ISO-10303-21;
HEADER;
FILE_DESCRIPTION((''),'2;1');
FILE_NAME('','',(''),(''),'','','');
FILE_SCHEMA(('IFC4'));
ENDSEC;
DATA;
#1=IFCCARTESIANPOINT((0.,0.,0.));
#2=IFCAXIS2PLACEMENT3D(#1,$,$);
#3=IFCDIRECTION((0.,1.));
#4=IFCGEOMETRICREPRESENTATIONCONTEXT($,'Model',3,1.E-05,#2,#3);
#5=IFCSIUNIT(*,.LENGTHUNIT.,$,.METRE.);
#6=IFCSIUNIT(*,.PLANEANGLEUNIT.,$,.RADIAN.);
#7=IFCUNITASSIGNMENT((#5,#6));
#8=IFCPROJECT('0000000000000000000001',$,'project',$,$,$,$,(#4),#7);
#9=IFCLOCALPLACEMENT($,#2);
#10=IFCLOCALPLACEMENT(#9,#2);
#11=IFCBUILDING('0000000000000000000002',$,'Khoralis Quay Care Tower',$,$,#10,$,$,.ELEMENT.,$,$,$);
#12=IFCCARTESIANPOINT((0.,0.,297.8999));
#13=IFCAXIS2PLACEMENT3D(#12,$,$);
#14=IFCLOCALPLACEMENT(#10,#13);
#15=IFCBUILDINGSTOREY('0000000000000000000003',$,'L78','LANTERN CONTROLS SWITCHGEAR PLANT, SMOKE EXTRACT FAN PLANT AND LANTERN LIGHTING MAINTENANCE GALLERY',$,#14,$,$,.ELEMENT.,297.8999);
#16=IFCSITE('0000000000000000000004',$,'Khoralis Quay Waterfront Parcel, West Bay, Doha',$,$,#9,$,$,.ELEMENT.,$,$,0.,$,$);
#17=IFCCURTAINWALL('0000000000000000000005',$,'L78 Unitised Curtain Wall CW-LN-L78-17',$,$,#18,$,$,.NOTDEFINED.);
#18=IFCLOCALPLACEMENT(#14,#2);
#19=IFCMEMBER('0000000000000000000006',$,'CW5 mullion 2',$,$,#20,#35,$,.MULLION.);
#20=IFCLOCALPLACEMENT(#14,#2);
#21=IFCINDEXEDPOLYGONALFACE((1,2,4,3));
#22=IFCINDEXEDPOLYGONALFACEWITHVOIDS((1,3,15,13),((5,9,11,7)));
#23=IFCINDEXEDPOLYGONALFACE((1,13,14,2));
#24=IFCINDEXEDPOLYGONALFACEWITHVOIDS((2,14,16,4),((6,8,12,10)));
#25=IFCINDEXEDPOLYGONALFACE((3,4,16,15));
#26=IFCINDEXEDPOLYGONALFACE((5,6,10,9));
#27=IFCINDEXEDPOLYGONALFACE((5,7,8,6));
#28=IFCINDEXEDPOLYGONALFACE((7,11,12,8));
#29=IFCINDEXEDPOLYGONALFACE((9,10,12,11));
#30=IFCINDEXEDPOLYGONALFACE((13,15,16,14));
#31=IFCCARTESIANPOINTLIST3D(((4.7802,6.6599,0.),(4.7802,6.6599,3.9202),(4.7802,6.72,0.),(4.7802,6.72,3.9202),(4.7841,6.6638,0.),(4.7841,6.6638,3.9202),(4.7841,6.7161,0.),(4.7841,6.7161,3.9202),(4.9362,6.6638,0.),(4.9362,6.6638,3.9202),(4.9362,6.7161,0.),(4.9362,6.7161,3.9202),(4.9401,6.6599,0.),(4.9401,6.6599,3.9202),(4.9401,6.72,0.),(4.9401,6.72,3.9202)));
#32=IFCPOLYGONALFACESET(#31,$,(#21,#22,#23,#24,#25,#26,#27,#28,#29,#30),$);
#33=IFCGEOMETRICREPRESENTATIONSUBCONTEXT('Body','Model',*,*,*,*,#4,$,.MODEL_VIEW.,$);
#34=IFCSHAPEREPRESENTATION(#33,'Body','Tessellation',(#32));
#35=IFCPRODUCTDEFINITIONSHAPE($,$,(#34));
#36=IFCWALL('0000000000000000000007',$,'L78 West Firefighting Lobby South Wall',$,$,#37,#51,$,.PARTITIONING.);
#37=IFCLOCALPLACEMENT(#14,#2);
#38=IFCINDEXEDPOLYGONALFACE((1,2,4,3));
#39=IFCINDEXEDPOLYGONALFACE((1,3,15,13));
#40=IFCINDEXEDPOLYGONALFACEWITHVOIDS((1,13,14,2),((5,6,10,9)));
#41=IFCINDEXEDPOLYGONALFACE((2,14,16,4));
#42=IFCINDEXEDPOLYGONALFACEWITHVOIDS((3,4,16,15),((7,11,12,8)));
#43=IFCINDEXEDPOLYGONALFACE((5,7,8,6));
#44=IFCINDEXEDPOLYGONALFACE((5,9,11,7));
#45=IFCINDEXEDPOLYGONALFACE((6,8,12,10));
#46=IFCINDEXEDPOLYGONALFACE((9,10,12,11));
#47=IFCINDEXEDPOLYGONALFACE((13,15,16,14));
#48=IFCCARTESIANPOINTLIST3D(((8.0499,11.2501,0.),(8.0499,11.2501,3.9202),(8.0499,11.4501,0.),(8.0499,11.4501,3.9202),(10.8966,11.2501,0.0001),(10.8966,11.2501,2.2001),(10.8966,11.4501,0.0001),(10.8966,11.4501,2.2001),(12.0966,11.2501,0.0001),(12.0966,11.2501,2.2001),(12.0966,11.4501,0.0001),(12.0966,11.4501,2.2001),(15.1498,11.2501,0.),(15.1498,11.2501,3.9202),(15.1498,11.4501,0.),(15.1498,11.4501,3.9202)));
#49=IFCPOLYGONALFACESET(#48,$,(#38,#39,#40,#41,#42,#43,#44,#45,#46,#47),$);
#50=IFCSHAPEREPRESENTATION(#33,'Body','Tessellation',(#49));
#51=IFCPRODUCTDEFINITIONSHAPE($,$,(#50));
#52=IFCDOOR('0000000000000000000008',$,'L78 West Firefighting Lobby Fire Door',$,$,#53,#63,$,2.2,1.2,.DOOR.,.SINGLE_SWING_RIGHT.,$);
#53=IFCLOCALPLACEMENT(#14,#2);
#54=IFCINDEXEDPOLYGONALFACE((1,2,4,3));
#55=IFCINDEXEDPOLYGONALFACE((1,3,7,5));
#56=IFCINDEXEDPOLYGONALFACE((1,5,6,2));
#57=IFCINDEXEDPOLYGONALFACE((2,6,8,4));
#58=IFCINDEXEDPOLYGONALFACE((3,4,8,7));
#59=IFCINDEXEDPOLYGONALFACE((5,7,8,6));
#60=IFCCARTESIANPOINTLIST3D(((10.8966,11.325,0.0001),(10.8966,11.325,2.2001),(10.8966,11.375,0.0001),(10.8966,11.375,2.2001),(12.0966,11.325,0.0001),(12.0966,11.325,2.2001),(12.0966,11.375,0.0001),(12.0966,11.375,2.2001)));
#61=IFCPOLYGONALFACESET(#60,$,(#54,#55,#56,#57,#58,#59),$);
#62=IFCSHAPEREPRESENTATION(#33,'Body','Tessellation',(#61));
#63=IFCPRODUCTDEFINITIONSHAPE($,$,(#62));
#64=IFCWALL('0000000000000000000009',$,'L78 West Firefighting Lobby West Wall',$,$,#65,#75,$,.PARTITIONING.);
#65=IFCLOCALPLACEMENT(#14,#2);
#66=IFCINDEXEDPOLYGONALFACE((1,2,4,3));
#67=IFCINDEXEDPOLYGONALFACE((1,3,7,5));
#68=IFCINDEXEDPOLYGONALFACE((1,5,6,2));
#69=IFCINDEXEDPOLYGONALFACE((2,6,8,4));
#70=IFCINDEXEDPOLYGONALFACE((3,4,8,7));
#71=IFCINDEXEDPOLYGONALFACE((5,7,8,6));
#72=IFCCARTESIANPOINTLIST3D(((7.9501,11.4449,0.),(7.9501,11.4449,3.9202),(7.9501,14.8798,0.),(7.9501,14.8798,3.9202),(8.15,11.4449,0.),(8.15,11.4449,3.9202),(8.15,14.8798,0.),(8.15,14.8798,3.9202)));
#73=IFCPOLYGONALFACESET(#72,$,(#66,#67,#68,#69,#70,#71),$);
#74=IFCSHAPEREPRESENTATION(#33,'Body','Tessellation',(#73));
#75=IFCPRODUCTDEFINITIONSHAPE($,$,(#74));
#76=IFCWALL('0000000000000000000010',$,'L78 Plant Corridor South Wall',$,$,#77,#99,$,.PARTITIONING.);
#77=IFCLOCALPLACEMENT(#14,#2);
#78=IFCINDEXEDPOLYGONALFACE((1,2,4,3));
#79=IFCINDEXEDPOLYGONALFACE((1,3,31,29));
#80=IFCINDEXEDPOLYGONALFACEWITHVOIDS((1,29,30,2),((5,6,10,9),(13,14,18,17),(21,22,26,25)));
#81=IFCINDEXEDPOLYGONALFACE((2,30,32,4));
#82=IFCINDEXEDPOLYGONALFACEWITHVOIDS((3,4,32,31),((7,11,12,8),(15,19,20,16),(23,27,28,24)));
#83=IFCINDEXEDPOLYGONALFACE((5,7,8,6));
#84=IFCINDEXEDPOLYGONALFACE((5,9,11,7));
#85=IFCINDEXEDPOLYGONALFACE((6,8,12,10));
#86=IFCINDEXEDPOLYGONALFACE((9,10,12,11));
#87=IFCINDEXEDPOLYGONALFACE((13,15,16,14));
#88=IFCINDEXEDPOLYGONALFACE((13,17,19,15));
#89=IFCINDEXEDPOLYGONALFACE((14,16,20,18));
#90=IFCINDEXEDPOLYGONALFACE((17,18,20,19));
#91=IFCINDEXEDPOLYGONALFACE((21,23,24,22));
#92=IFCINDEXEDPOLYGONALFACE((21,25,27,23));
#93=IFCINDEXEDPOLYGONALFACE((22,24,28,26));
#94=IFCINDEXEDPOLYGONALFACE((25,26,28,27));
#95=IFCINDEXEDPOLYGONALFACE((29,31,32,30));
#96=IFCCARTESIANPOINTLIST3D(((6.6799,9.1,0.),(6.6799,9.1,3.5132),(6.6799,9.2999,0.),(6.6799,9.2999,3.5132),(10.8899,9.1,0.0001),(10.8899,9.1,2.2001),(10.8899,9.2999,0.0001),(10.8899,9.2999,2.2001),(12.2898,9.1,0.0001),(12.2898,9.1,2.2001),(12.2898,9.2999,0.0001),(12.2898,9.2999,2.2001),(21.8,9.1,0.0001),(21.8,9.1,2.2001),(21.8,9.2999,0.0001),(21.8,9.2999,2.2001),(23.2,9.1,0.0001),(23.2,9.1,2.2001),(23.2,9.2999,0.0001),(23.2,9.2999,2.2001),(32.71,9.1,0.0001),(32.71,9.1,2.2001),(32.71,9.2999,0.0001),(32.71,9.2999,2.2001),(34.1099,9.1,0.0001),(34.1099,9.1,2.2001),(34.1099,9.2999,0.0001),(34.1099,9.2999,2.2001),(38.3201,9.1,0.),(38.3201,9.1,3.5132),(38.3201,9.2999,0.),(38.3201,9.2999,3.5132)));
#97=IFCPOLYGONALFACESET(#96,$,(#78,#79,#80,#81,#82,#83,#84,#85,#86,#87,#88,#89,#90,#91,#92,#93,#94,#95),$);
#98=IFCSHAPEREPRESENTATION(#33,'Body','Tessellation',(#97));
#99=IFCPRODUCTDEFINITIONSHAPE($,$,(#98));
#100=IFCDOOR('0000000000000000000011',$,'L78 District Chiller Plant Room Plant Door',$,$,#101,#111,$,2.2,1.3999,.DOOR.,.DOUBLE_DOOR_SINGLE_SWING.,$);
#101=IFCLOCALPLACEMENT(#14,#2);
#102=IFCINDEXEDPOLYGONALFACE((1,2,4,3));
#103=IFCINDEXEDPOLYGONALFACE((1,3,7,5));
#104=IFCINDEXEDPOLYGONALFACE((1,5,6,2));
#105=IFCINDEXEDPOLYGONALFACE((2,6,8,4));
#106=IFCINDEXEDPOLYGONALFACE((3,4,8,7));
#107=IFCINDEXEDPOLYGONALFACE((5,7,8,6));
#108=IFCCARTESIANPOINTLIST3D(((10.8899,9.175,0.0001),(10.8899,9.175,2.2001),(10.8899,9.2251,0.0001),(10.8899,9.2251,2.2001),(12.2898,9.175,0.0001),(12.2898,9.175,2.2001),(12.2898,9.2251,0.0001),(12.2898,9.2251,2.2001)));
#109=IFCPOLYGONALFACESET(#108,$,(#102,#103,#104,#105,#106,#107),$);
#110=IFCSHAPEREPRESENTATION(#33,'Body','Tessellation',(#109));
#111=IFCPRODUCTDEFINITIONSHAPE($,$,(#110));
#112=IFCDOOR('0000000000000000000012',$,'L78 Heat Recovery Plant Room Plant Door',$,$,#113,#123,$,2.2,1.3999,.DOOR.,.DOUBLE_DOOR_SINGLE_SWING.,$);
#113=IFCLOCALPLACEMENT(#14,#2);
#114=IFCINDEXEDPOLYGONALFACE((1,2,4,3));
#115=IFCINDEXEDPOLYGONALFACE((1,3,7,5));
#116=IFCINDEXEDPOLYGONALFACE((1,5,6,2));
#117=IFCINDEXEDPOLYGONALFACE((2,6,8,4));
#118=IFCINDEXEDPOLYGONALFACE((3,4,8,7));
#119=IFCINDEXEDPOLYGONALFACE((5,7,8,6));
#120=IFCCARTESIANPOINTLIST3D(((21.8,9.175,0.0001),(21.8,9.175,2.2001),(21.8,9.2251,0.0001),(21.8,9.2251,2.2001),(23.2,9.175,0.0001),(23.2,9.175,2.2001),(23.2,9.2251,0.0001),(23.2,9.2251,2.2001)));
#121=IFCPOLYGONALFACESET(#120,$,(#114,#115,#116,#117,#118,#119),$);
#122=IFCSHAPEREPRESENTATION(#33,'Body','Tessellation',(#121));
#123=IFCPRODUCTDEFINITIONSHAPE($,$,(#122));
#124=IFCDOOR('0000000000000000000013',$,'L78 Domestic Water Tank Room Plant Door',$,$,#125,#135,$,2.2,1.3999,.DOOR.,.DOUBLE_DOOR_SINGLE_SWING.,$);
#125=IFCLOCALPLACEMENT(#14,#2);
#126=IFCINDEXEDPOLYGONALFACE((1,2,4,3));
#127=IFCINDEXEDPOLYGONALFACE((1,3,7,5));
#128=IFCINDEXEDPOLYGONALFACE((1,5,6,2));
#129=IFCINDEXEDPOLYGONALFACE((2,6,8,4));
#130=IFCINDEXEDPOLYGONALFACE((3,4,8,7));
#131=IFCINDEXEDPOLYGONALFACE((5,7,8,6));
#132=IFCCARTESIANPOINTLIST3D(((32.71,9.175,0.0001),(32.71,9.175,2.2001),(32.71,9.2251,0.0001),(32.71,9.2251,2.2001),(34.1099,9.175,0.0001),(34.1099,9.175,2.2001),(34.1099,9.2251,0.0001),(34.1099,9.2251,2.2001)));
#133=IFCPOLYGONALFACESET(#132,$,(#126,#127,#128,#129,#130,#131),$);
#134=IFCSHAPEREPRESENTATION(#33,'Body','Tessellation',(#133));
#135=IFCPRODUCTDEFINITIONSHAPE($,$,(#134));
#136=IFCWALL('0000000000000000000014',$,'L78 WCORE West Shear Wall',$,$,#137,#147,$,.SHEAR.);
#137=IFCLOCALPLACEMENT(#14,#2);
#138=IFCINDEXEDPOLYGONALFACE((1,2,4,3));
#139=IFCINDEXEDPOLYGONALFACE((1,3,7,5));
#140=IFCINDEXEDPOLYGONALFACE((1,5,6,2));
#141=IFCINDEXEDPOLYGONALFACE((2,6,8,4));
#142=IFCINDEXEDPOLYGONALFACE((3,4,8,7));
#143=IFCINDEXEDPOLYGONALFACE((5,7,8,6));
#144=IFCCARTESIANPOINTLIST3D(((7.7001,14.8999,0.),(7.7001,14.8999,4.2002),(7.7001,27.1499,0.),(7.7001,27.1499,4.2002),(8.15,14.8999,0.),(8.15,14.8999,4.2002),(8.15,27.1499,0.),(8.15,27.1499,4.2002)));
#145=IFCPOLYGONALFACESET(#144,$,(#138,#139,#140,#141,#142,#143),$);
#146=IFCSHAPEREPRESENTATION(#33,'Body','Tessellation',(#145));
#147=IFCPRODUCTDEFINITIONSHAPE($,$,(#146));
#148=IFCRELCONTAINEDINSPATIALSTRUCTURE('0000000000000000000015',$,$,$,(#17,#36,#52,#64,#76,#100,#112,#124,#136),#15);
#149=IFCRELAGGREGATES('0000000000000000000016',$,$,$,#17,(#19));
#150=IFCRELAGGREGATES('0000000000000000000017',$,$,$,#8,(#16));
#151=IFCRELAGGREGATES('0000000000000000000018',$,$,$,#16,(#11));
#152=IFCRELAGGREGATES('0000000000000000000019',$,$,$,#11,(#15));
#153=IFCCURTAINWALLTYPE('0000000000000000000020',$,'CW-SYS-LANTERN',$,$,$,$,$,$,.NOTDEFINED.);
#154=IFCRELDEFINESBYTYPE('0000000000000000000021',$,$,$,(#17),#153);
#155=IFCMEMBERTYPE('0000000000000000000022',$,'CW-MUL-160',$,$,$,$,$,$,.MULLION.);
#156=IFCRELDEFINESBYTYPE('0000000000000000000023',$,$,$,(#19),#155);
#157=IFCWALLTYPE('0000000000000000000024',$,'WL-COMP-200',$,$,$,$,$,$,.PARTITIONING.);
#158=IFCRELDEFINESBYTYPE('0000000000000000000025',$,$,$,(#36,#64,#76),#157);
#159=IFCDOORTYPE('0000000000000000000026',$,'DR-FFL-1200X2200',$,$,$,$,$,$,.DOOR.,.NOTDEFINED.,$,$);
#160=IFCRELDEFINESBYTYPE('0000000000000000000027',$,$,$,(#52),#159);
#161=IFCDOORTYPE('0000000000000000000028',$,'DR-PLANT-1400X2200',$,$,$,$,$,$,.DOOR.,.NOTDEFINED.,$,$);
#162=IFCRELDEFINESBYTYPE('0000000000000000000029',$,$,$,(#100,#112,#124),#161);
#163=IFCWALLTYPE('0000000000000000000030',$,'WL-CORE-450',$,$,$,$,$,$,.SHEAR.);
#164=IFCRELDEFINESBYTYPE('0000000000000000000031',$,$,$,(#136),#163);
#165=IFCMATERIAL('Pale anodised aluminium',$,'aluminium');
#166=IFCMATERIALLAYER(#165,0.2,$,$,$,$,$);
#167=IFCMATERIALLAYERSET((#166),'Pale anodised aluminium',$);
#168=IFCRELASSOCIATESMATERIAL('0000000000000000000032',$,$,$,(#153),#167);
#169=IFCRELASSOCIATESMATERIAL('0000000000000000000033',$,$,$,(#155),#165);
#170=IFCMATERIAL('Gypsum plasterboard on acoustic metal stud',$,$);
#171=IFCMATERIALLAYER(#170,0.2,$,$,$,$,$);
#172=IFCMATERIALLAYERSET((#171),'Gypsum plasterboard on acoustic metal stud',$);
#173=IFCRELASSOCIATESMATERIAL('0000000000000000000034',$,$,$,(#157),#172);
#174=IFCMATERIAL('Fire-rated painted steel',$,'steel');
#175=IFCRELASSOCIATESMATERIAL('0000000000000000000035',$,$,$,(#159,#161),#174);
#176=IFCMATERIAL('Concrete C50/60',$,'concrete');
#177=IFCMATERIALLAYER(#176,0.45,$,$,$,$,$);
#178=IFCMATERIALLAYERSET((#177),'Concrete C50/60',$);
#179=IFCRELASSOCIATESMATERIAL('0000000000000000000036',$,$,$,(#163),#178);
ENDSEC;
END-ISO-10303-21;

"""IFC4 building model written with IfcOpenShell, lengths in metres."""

from ifc_helpers import new_model, si_unit, direction, frame, frame_2d, origin, origin_2d, place, context, subcontext, project, spatial, rectangle, hollow_rectangle, extrude, source, transform, mapped, material, layer, layer_set, material_profile, profile_set, type_object, element, fill, aggregate, save


model = new_model("IFC4")

# Units and contexts
model_context = context("Model", 3, precision=1e-05, world=origin(), true_north=direction((0.0, 1.0)))
body_context = subcontext(model_context, "Body", "Model", "MODEL_VIEW")
ifc_project = project(units=[si_unit("LENGTHUNIT", "METRE"), si_unit("PLANEANGLEUNIT", "RADIAN")], contexts=[model_context])

# Site, building, storey
site_placement = place(None, origin())
site = spatial("IfcSite", under=ifc_project, at=site_placement, Name="Khoralis Quay Waterfront Parcel, West Bay, Doha", CompositionType="ELEMENT", RefElevation=0.0)
building_placement = place(site_placement, origin())
building = spatial("IfcBuilding", under=site, at=building_placement, Name="Khoralis Quay Care Tower", CompositionType="ELEMENT")
storey_placement = place(building_placement, frame((0.0, 0.0, 297.8999)))
storey = spatial("IfcBuildingStorey", under=building, at=storey_placement, Name="L78", Description="LANTERN CONTROLS SWITCHGEAR PLANT, SMOKE EXTRACT FAN PLANT AND LANTERN LIGHTING MAINTENANCE GALLERY", CompositionType="ELEMENT", Elevation=297.8999)

# Curtain wall, member
ifc_material_1 = material(Name="Pale anodised aluminium", Category="aluminium")
ifc_layer_1 = layer(ifc_material_1, 0.2)
ifc_layer_set_1 = layer_set([ifc_layer_1], Name="Pale anodised aluminium")
curtain_wall_type = type_object("IfcCurtainWallType", Name="CW-SYS-LANTERN", PredefinedType="NOTDEFINED", material=ifc_layer_set_1)
curtain_wall_placement = place(storey_placement, origin())
curtain_wall = element("IfcCurtainWall", 1, at=curtain_wall_placement, inside=storey, type_object=curtain_wall_type, Name="L78 Unitised Curtain Wall CW-LN-L78-17", PredefinedType="NOTDEFINED")
ifc_material_profile = material_profile(ifc_material_1, hollow_rectangle(XDim=0.0601, YDim=0.1599, WallThickness=0.0039, at=origin_2d()), Name="Pale anodised aluminium")
ifc_profile_set = profile_set([ifc_material_profile], Name="Pale anodised aluminium")
member_type = type_object("IfcMemberType", Name="CW-MUL-160", PredefinedType="MULLION", material=ifc_profile_set)
shared_shape_1 = source(origin(), body_context, "Body", "SweptSolid", [
    extrude(hollow_rectangle(XDim=0.0601, YDim=0.1599, WallThickness=0.0039, at=origin_2d()), origin(), (0.0, 0.0, 1.0), 3.9202),
])
member_placement = place(storey_placement, frame((4.8601, 6.6899, 0.0), z_axis=(0.0, 0.0, 1.0), x_axis=(0.0, 1.0, 0.0)))
member = element("IfcMember", 2, at=member_placement, type_object=member_type, Name="CW5 mullion 2", PredefinedType="MULLION", context=body_context, shape_type="MappedRepresentation", body=[
    mapped(shared_shape_1, transform((0.0, 0.0, 0.0), scale=1.0)),
])
aggregate(curtain_wall, [member])

# Wall, opening, door
ifc_material_2 = material(Name="Gypsum plasterboard on acoustic metal stud")
ifc_layer_2 = layer(ifc_material_2, 0.2)
ifc_layer_set_2 = layer_set([ifc_layer_2], Name="Gypsum plasterboard on acoustic metal stud")
wall_type_1 = type_object("IfcWallType", Name="WL-COMP-200", PredefinedType="PARTITIONING", material=ifc_layer_set_2)
wall_1_placement = place(storey_placement, frame((8.05, 11.3501, 0.0), z_axis=(0.0, 0.0, 1.0), x_axis=(1.0, 0.0, 0.0)))
wall_1 = element("IfcWall", 3, at=wall_1_placement, inside=storey, type_object=wall_type_1, Name="L78 West Firefighting Lobby South Wall", PredefinedType="PARTITIONING", context=body_context, shape_type="SweptSolid", body=[
    extrude(rectangle(XDim=7.0999, YDim=0.2, at=frame_2d((3.5498, 0.0))), origin(), (0.0, 0.0, 1.0), 3.9202),
])
opening_1_placement = place(wall_1_placement, frame((2.8464, 0.0, 0.0)))
opening_1 = element("IfcOpeningElement", 4, at=opening_1_placement, cuts=wall_1, PredefinedType="OPENING", context=body_context, shape_type="SweptSolid", body=[
    extrude(rectangle(XDim=1.2, YDim=2.2, at=frame_2d((0.6001, 1.1001))), frame((0.0, 0.1099, 0.0), z_axis=(0.0, -1.0, 0.0), x_axis=(1.0, 0.0, 0.0)), (0.0, 0.0, 1.0), 0.22),
])
ifc_material_3 = material(Name="Fire-rated painted steel", Category="steel")
door_type_1 = type_object("IfcDoorType", Name="DR-FFL-1200X2200", OperationType="NOTDEFINED", PredefinedType="DOOR", material=ifc_material_3)
shared_shape_2 = source(origin(), body_context, "Body", "SweptSolid", [
    extrude(rectangle(XDim=1.2, YDim=2.2, at=frame_2d((0.6001, 1.1001))), frame((0.0, 0.0249, 0.0), z_axis=(0.0, -1.0, 0.0), x_axis=(1.0, 0.0, 0.0)), (0.0, 0.0, 1.0), 0.05),
])
door_1_placement = place(opening_1_placement, origin())
door_1 = element("IfcDoor", 5, at=door_1_placement, inside=storey, type_object=door_type_1, Name="L78 West Firefighting Lobby Fire Door", OperationType="SINGLE_SWING_RIGHT", OverallHeight=2.2, OverallWidth=1.2, PredefinedType="DOOR", context=body_context, shape_type="MappedRepresentation", body=[
    mapped(shared_shape_2, transform((0.0, 0.0, 0.0), scale=1.0)),
])
fill(opening_1, door_1)

# Wall
wall_2_placement = place(storey_placement, frame((8.05, 11.4451, 0.0), z_axis=(0.0, 0.0, 1.0), x_axis=(0.0, 1.0, 0.0)))
element("IfcWall", 6, at=wall_2_placement, inside=storey, type_object=wall_type_1, Name="L78 West Firefighting Lobby West Wall", PredefinedType="PARTITIONING", context=body_context, shape_type="SweptSolid", body=[
    extrude(rectangle(XDim=3.4348, YDim=0.2, at=frame_2d((1.7173, 0.0))), origin(), (0.0, 0.0, 1.0), 3.9202),
])

# Wall, openings, doors
wall_3_placement = place(storey_placement, frame((6.6799, 9.2, 0.0), z_axis=(0.0, 0.0, 1.0), x_axis=(1.0, 0.0, 0.0)))
wall_3 = element("IfcWall", 7, at=wall_3_placement, inside=storey, type_object=wall_type_1, Name="L78 Plant Corridor South Wall", PredefinedType="PARTITIONING", context=body_context, shape_type="SweptSolid", body=[
    extrude(rectangle(XDim=31.6401, YDim=0.2, at=frame_2d((15.8201, 0.0))), origin(), (0.0, 0.0, 1.0), 3.5132),
])
opening_2_placement = place(wall_3_placement, frame((4.21, 0.0, 0.0)))
opening_2 = element("IfcOpeningElement", 8, at=opening_2_placement, cuts=wall_3, PredefinedType="OPENING", context=body_context, shape_type="SweptSolid", body=[
    extrude(rectangle(XDim=1.3999, YDim=2.2, at=frame_2d((0.7, 1.1001))), frame((0.0, 0.1099, 0.0), z_axis=(0.0, -1.0, 0.0), x_axis=(1.0, 0.0, 0.0)), (0.0, 0.0, 1.0), 0.22),
])
opening_3_placement = place(wall_3_placement, frame((15.1201, 0.0, 0.0)))
opening_3 = element("IfcOpeningElement", 9, at=opening_3_placement, cuts=wall_3, PredefinedType="OPENING", context=body_context, shape_type="SweptSolid", body=[
    extrude(rectangle(XDim=1.3999, YDim=2.2, at=frame_2d((0.7, 1.1001))), frame((0.0, 0.1099, 0.0), z_axis=(0.0, -1.0, 0.0), x_axis=(1.0, 0.0, 0.0)), (0.0, 0.0, 1.0), 0.22),
])
opening_4_placement = place(wall_3_placement, frame((26.03, 0.0, 0.0)))
opening_4 = element("IfcOpeningElement", 10, at=opening_4_placement, cuts=wall_3, PredefinedType="OPENING", context=body_context, shape_type="SweptSolid", body=[
    extrude(rectangle(XDim=1.3999, YDim=2.2, at=frame_2d((0.7, 1.1001))), frame((0.0, 0.1099, 0.0), z_axis=(0.0, -1.0, 0.0), x_axis=(1.0, 0.0, 0.0)), (0.0, 0.0, 1.0), 0.22),
])
door_type_2 = type_object("IfcDoorType", Name="DR-PLANT-1400X2200", OperationType="NOTDEFINED", PredefinedType="DOOR", material=ifc_material_3)
shared_shape_3 = source(origin(), body_context, "Body", "SweptSolid", [
    extrude(rectangle(XDim=1.3999, YDim=2.2, at=frame_2d((0.7, 1.1001))), frame((0.0, 0.0249, 0.0), z_axis=(0.0, -1.0, 0.0), x_axis=(1.0, 0.0, 0.0)), (0.0, 0.0, 1.0), 0.05),
])
door_2_placement = place(opening_2_placement, frame((1.3999, 0.0, 0.0), z_axis=(0.0, 0.0, 1.0), x_axis=(-1.0, 0.0, 0.0)))
door_2 = element("IfcDoor", 11, at=door_2_placement, inside=storey, type_object=door_type_2, Name="L78 District Chiller Plant Room Plant Door", OperationType="DOUBLE_DOOR_SINGLE_SWING", OverallHeight=2.2, OverallWidth=1.3999, PredefinedType="DOOR", context=body_context, shape_type="MappedRepresentation", body=[
    mapped(shared_shape_3, transform((0.0, 0.0, 0.0), scale=1.0)),
])
fill(opening_2, door_2)
door_3_placement = place(opening_3_placement, frame((1.3999, 0.0, 0.0), z_axis=(0.0, 0.0, 1.0), x_axis=(-1.0, 0.0, 0.0)))
door_3 = element("IfcDoor", 12, at=door_3_placement, inside=storey, type_object=door_type_2, Name="L78 Heat Recovery Plant Room Plant Door", OperationType="DOUBLE_DOOR_SINGLE_SWING", OverallHeight=2.2, OverallWidth=1.3999, PredefinedType="DOOR", context=body_context, shape_type="MappedRepresentation", body=[
    mapped(shared_shape_3, transform((0.0, 0.0, 0.0), scale=1.0)),
])
fill(opening_3, door_3)
door_4_placement = place(opening_4_placement, frame((1.3999, 0.0, 0.0), z_axis=(0.0, 0.0, 1.0), x_axis=(-1.0, 0.0, 0.0)))
door_4 = element("IfcDoor", 13, at=door_4_placement, inside=storey, type_object=door_type_2, Name="L78 Domestic Water Tank Room Plant Door", OperationType="DOUBLE_DOOR_SINGLE_SWING", OverallHeight=2.2, OverallWidth=1.3999, PredefinedType="DOOR", context=body_context, shape_type="MappedRepresentation", body=[
    mapped(shared_shape_3, transform((0.0, 0.0, 0.0), scale=1.0)),
])
fill(opening_4, door_4)

# Wall
ifc_material_4 = material(Name="Concrete C50/60", Category="concrete")
ifc_layer_3 = layer(ifc_material_4, 0.45)
ifc_layer_set_3 = layer_set([ifc_layer_3], Name="Concrete C50/60")
wall_type_2 = type_object("IfcWallType", Name="WL-CORE-450", PredefinedType="SHEAR", material=ifc_layer_set_3)
wall_4_placement = place(storey_placement, frame((7.925, 14.8999, 0.0), z_axis=(0.0, 0.0, 1.0), x_axis=(0.0, 1.0, 0.0)))
element("IfcWall", 14, at=wall_4_placement, inside=storey, type_object=wall_type_2, Name="L78 WCORE West Shear Wall", PredefinedType="SHEAR", context=body_context, shape_type="SweptSolid", body=[
    extrude(rectangle(XDim=12.25, YDim=0.45, at=frame_2d((6.125, 0.0))), origin(), (0.0, 0.0, 1.0), 4.2002),
])

save(model, "model.ifc")
